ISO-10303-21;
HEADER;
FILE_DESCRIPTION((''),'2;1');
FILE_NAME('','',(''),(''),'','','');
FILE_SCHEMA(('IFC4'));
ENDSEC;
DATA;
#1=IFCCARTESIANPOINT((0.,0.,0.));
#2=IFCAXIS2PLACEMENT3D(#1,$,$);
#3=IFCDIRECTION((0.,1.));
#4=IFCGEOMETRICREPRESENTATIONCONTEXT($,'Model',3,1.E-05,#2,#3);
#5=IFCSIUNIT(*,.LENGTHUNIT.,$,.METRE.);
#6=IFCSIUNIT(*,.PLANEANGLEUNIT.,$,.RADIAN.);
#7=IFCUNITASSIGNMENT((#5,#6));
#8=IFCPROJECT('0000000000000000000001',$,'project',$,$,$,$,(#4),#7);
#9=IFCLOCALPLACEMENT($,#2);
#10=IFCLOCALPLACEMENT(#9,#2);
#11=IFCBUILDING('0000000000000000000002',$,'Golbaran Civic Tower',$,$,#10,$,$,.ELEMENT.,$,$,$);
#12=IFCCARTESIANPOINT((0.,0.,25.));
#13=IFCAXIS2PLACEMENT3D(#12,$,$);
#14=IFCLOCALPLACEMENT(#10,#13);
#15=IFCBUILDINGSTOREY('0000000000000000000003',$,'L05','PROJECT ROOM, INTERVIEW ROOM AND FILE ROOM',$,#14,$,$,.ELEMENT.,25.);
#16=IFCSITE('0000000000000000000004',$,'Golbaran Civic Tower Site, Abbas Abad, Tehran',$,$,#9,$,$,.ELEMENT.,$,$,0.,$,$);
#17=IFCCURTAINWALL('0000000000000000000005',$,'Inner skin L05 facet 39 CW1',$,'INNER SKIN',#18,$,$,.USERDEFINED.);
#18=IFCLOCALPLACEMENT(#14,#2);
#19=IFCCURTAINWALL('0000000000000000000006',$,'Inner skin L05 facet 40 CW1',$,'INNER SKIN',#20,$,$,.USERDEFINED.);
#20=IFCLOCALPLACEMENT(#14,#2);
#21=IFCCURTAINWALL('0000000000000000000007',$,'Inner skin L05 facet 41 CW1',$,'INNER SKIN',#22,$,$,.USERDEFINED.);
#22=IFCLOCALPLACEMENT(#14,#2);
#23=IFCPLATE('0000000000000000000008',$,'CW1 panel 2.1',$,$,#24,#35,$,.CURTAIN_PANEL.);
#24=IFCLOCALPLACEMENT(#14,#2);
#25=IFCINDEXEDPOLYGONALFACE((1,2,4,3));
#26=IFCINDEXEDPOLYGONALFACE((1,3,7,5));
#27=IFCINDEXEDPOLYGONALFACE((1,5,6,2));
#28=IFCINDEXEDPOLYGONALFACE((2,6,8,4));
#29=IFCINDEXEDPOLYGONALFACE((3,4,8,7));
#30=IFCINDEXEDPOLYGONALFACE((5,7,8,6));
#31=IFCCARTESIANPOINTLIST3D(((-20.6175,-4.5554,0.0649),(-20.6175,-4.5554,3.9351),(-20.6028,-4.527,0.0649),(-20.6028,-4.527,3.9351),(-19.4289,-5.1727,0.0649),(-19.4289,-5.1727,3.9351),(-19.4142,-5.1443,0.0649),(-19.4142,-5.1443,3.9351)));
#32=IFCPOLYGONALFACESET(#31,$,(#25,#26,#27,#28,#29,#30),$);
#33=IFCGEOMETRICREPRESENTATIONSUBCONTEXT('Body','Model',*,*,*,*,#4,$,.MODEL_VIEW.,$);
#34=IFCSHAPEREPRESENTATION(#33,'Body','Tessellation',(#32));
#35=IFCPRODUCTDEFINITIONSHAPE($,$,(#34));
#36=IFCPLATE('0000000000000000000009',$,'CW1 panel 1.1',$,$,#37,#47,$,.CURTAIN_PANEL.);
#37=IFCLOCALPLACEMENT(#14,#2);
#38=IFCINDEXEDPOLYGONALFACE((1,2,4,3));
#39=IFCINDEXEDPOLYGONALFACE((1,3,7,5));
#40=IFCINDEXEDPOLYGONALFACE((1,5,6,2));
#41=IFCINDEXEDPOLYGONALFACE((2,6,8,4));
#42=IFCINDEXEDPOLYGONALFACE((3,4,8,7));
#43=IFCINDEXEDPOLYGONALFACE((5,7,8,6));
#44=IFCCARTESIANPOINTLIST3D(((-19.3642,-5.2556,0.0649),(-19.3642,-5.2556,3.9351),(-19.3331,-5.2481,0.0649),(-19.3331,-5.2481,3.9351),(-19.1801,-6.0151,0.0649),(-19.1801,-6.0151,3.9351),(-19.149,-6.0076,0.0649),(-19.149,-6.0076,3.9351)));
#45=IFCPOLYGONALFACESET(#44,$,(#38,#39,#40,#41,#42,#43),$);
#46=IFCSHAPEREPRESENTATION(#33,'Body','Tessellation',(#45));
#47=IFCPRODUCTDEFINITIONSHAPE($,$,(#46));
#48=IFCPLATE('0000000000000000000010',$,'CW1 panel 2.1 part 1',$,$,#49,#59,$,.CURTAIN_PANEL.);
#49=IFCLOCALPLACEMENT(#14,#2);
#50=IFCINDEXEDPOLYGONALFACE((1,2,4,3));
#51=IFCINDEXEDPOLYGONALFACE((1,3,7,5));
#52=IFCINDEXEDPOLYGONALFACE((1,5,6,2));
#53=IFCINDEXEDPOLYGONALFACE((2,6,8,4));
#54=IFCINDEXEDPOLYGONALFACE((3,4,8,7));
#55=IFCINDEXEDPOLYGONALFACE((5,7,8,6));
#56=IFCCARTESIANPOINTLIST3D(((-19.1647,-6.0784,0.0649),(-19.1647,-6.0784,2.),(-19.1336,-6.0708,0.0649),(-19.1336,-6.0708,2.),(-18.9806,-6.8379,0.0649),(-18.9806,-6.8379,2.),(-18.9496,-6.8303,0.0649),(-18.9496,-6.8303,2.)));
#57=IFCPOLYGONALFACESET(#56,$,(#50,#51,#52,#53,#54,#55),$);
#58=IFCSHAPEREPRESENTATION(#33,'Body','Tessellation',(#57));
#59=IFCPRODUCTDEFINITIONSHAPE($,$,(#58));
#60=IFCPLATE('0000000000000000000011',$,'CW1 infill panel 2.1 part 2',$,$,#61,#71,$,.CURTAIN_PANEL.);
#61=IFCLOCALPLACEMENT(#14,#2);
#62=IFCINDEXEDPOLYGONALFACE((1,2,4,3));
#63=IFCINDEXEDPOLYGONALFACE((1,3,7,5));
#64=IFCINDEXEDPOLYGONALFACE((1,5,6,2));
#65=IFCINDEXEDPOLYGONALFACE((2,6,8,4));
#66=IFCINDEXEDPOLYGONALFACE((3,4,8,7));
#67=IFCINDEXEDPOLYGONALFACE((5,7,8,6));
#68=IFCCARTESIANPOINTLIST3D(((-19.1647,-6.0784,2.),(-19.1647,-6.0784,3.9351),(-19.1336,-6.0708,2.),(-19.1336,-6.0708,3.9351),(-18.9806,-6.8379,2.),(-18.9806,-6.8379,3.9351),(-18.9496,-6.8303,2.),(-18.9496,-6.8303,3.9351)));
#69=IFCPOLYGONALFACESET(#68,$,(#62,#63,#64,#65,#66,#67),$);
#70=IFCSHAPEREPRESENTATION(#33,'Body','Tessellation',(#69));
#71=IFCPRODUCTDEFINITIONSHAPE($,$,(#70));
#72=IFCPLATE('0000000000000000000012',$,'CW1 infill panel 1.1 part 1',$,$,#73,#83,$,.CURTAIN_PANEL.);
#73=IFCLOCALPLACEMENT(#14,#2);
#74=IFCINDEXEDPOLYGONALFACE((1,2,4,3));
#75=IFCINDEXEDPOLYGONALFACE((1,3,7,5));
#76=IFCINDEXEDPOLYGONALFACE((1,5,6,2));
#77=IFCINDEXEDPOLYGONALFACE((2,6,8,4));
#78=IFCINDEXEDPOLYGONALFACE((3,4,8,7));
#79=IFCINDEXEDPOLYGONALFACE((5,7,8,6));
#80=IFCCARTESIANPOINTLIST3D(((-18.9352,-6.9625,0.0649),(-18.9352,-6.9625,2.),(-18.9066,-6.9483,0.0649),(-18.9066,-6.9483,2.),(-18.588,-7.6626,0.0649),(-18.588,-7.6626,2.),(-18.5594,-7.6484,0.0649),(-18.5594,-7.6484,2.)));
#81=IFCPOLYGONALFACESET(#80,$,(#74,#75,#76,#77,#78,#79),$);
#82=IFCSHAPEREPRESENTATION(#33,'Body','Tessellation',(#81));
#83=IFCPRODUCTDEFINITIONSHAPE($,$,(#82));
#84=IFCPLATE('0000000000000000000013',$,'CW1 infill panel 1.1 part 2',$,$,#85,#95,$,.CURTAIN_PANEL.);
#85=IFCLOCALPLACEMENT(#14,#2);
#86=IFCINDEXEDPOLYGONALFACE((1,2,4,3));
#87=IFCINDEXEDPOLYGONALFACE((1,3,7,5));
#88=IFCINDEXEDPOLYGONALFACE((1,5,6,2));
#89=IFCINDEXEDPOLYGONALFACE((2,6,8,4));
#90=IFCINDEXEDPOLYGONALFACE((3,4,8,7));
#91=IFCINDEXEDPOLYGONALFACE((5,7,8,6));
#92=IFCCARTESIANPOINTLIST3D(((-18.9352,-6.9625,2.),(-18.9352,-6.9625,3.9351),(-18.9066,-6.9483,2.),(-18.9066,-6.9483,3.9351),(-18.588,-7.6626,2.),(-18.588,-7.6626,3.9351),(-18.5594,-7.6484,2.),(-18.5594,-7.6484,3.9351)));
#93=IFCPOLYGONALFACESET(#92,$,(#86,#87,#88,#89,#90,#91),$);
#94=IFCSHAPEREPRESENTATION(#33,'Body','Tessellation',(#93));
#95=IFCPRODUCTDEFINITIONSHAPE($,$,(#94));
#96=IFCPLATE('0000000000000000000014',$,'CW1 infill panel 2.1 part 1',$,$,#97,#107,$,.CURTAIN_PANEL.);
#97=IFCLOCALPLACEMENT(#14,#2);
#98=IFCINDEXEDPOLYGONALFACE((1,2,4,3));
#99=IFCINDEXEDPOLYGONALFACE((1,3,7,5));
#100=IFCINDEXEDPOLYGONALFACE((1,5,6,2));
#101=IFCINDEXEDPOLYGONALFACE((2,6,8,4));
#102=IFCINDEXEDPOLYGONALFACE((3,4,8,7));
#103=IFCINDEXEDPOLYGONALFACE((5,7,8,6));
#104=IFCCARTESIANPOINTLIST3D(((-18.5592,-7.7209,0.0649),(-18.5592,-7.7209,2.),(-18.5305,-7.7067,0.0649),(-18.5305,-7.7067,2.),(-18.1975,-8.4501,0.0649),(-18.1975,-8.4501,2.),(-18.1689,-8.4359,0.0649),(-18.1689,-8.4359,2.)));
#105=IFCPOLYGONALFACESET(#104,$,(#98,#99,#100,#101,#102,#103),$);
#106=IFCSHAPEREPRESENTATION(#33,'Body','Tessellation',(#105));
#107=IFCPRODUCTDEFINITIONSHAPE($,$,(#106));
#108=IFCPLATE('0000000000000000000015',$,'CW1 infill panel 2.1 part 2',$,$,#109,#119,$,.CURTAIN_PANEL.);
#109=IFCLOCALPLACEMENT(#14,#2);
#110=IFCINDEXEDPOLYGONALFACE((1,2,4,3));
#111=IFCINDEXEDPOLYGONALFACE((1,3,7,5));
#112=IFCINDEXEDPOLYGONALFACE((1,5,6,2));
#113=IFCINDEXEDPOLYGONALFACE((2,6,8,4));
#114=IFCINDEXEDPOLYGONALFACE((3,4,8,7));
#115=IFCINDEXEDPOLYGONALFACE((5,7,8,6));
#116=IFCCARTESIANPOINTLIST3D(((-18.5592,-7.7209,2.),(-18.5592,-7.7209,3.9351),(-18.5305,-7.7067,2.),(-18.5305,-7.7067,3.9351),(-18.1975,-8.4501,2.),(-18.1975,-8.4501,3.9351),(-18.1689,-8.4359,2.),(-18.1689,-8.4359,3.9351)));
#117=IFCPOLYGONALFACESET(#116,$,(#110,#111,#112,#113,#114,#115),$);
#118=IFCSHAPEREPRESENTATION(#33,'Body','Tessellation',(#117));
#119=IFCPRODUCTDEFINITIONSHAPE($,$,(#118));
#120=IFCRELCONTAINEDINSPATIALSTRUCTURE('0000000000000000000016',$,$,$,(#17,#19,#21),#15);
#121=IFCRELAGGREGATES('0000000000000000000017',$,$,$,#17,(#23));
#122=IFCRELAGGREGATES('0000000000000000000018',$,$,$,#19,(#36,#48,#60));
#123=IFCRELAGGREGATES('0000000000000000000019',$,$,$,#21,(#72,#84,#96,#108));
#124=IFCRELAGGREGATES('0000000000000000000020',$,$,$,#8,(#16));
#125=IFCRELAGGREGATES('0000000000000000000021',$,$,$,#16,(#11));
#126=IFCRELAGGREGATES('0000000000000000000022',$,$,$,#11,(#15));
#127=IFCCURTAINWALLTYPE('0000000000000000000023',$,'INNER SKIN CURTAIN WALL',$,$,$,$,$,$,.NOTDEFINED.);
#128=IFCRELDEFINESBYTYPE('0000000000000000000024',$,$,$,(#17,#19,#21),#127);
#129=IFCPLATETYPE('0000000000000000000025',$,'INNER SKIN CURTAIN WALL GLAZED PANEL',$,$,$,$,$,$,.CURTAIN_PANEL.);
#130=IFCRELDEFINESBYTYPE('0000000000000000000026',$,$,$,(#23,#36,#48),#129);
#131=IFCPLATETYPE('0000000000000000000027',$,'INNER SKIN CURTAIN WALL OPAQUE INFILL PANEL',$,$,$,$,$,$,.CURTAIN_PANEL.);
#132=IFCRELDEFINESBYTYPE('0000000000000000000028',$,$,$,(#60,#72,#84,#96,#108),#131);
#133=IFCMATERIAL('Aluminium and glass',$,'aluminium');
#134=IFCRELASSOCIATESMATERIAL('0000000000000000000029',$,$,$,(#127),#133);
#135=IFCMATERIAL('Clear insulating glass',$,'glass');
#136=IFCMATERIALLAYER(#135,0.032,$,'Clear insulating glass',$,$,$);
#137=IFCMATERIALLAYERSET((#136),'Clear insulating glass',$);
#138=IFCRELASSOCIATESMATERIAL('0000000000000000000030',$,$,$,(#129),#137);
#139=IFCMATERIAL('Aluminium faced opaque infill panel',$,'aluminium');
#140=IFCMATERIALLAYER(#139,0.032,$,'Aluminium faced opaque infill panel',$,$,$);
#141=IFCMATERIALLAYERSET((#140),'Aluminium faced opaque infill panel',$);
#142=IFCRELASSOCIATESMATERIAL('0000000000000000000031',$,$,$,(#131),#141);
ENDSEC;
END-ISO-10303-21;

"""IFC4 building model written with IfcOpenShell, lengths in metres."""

from ifc_helpers import new_model, si_unit, direction, frame, origin, origin_2d, place, context, subcontext, project, spatial, rectangle, extrude, material, layer, layer_set, type_object, element, aggregate, save


model = new_model("IFC4")

# Units and contexts
model_context = context("Model", 3, precision=1e-05, world=origin(), true_north=direction((0.0, 1.0)))
body_context = subcontext(model_context, "Body", "Model", "MODEL_VIEW")
ifc_project = project(units=[si_unit("LENGTHUNIT", "METRE"), si_unit("PLANEANGLEUNIT", "RADIAN")], contexts=[model_context])

# Site, building, storey
site_placement = place(None, origin())
site = spatial("IfcSite", under=ifc_project, at=site_placement, Name="Golbaran Civic Tower Site, Abbas Abad, Tehran", CompositionType="ELEMENT", RefElevation=0.0)
building_placement = place(site_placement, origin())
building = spatial("IfcBuilding", under=site, at=building_placement, Name="Golbaran Civic Tower", CompositionType="ELEMENT")
storey_placement = place(building_placement, frame((0.0, 0.0, 25.0)))
storey = spatial("IfcBuildingStorey", under=building, at=storey_placement, Name="L05", Description="PROJECT ROOM, INTERVIEW ROOM AND FILE ROOM", CompositionType="ELEMENT", Elevation=25.0)

# Curtain wall
ifc_material_1 = material(Name="Aluminium and glass", Category="aluminium")
curtain_wall_type = type_object("IfcCurtainWallType", Name="INNER SKIN CURTAIN WALL", PredefinedType="NOTDEFINED", material=ifc_material_1)
curtain_wall_1_placement = place(storey_placement, origin())
curtain_wall_1 = element("IfcCurtainWall", 1, at=curtain_wall_1_placement, inside=storey, type_object=curtain_wall_type, Name="Inner skin L05 facet 39 CW1", ObjectType="INNER SKIN", PredefinedType="USERDEFINED")

# Curtain walls
curtain_wall_2_placement = place(storey_placement, origin())
curtain_wall_2 = element("IfcCurtainWall", 2, at=curtain_wall_2_placement, inside=storey, type_object=curtain_wall_type, Name="Inner skin L05 facet 40 CW1", ObjectType="INNER SKIN", PredefinedType="USERDEFINED")
curtain_wall_3_placement = place(storey_placement, origin())
curtain_wall_3 = element("IfcCurtainWall", 3, at=curtain_wall_3_placement, inside=storey, type_object=curtain_wall_type, Name="Inner skin L05 facet 41 CW1", ObjectType="INNER SKIN", PredefinedType="USERDEFINED")

# Plates
ifc_material_2 = material(Name="Clear insulating glass", Category="glass")
ifc_layer_1 = layer(ifc_material_2, 0.032, Name="Clear insulating glass")
ifc_layer_set_1 = layer_set([ifc_layer_1], Name="Clear insulating glass")
plate_type_1 = type_object("IfcPlateType", Name="INNER SKIN CURTAIN WALL GLAZED PANEL", PredefinedType="CURTAIN_PANEL", material=ifc_layer_set_1)
plate_1_placement = place(storey_placement, frame((-20.0159, -4.8499, 0.0649), z_axis=(0.0, 0.0, 1.0), x_axis=(0.887429, -0.460945, 0.0)))
plate_1 = element("IfcPlate", 4, at=plate_1_placement, type_object=plate_type_1, Name="CW1 panel 2.1", PredefinedType="CURTAIN_PANEL", context=body_context, shape_type="SweptSolid", body=[
    extrude(rectangle(XDim=1.3394, YDim=0.032, at=origin_2d()), origin(), (0.0, 0.0, 1.0), 3.8701),
])
aggregate(curtain_wall_1, [plate_1])
plate_2_placement = place(storey_placement, frame((-19.2566, -5.6316, 0.0649), z_axis=(0.0, 0.0, 1.0), x_axis=(0.235525, -0.971868, 0.0)))
plate_2 = element("IfcPlate", 5, at=plate_2_placement, type_object=plate_type_1, Name="CW1 panel 1.1", PredefinedType="CURTAIN_PANEL", context=body_context, shape_type="SweptSolid", body=[
    extrude(rectangle(XDim=0.7815, YDim=0.032, at=origin_2d()), origin(), (0.0, 0.0, 1.0), 3.8701),
])
plate_3_placement = place(storey_placement, frame((-19.0571, -6.4543, 0.0649), z_axis=(0.0, 0.0, 1.0), x_axis=(0.235525, -0.971868, 0.0)))
plate_3 = element("IfcPlate", 6, at=plate_3_placement, type_object=plate_type_1, Name="CW1 panel 2.1 part 1", PredefinedType="CURTAIN_PANEL", context=body_context, shape_type="SweptSolid", body=[
    extrude(rectangle(XDim=0.7815, YDim=0.032, at=origin_2d()), origin(), (0.0, 0.0, 1.0), 1.9351),
])
ifc_material_3 = material(Name="Aluminium faced opaque infill panel", Category="aluminium")
ifc_layer_2 = layer(ifc_material_3, 0.032, Name="Aluminium faced opaque infill panel")
ifc_layer_set_2 = layer_set([ifc_layer_2], Name="Aluminium faced opaque infill panel")
plate_type_2 = type_object("IfcPlateType", Name="INNER SKIN CURTAIN WALL OPAQUE INFILL PANEL", PredefinedType="CURTAIN_PANEL", material=ifc_layer_set_2)
plate_4_placement = place(storey_placement, frame((-19.0571, -6.4543, 2.0), z_axis=(0.0, 0.0, 1.0), x_axis=(0.235525, -0.971868, 0.0)))
plate_4 = element("IfcPlate", 7, at=plate_4_placement, type_object=plate_type_2, Name="CW1 infill panel 2.1 part 2", PredefinedType="CURTAIN_PANEL", context=body_context, shape_type="SweptSolid", body=[
    extrude(rectangle(XDim=0.7815, YDim=0.032, at=origin_2d()), origin(), (0.0, 0.0, 1.0), 1.9351),
])
aggregate(curtain_wall_2, [plate_2, plate_3, plate_4])
plate_5_placement = place(storey_placement, frame((-18.7473, -7.3054, 0.0649), z_axis=(0.0, 0.0, 1.0), x_axis=(0.444283, -0.895887, 0.0)))
plate_5 = element("IfcPlate", 8, at=plate_5_placement, type_object=plate_type_2, Name="CW1 infill panel 1.1 part 1", PredefinedType="CURTAIN_PANEL", context=body_context, shape_type="SweptSolid", body=[
    extrude(rectangle(XDim=0.7815, YDim=0.032, at=origin_2d()), origin(), (0.0, 0.0, 1.0), 1.9351),
])
plate_6_placement = place(storey_placement, frame((-18.7473, -7.3054, 2.0), z_axis=(0.0, 0.0, 1.0), x_axis=(0.444283, -0.895887, 0.0)))
plate_6 = element("IfcPlate", 9, at=plate_6_placement, type_object=plate_type_2, Name="CW1 infill panel 1.1 part 2", PredefinedType="CURTAIN_PANEL", context=body_context, shape_type="SweptSolid", body=[
    extrude(rectangle(XDim=0.7815, YDim=0.032, at=origin_2d()), origin(), (0.0, 0.0, 1.0), 1.9351),
])
plate_7_placement = place(storey_placement, frame((-18.364, -8.0784, 0.0649), z_axis=(0.0, 0.0, 1.0), x_axis=(0.444283, -0.895887, 0.0)))
plate_7 = element("IfcPlate", 10, at=plate_7_placement, type_object=plate_type_2, Name="CW1 infill panel 2.1 part 1", PredefinedType="CURTAIN_PANEL", context=body_context, shape_type="SweptSolid", body=[
    extrude(rectangle(XDim=0.814, YDim=0.032, at=origin_2d()), origin(), (0.0, 0.0, 1.0), 1.9351),
])
plate_8_placement = place(storey_placement, frame((-18.364, -8.0784, 2.0), z_axis=(0.0, 0.0, 1.0), x_axis=(0.444283, -0.895887, 0.0)))
plate_8 = element("IfcPlate", 11, at=plate_8_placement, type_object=plate_type_2, Name="CW1 infill panel 2.1 part 2", PredefinedType="CURTAIN_PANEL", context=body_context, shape_type="SweptSolid", body=[
    extrude(rectangle(XDim=0.814, YDim=0.032, at=origin_2d()), origin(), (0.0, 0.0, 1.0), 1.9351),
])
aggregate(curtain_wall_3, [plate_5, plate_6, plate_7, plate_8])

save(model, "model.ifc")
